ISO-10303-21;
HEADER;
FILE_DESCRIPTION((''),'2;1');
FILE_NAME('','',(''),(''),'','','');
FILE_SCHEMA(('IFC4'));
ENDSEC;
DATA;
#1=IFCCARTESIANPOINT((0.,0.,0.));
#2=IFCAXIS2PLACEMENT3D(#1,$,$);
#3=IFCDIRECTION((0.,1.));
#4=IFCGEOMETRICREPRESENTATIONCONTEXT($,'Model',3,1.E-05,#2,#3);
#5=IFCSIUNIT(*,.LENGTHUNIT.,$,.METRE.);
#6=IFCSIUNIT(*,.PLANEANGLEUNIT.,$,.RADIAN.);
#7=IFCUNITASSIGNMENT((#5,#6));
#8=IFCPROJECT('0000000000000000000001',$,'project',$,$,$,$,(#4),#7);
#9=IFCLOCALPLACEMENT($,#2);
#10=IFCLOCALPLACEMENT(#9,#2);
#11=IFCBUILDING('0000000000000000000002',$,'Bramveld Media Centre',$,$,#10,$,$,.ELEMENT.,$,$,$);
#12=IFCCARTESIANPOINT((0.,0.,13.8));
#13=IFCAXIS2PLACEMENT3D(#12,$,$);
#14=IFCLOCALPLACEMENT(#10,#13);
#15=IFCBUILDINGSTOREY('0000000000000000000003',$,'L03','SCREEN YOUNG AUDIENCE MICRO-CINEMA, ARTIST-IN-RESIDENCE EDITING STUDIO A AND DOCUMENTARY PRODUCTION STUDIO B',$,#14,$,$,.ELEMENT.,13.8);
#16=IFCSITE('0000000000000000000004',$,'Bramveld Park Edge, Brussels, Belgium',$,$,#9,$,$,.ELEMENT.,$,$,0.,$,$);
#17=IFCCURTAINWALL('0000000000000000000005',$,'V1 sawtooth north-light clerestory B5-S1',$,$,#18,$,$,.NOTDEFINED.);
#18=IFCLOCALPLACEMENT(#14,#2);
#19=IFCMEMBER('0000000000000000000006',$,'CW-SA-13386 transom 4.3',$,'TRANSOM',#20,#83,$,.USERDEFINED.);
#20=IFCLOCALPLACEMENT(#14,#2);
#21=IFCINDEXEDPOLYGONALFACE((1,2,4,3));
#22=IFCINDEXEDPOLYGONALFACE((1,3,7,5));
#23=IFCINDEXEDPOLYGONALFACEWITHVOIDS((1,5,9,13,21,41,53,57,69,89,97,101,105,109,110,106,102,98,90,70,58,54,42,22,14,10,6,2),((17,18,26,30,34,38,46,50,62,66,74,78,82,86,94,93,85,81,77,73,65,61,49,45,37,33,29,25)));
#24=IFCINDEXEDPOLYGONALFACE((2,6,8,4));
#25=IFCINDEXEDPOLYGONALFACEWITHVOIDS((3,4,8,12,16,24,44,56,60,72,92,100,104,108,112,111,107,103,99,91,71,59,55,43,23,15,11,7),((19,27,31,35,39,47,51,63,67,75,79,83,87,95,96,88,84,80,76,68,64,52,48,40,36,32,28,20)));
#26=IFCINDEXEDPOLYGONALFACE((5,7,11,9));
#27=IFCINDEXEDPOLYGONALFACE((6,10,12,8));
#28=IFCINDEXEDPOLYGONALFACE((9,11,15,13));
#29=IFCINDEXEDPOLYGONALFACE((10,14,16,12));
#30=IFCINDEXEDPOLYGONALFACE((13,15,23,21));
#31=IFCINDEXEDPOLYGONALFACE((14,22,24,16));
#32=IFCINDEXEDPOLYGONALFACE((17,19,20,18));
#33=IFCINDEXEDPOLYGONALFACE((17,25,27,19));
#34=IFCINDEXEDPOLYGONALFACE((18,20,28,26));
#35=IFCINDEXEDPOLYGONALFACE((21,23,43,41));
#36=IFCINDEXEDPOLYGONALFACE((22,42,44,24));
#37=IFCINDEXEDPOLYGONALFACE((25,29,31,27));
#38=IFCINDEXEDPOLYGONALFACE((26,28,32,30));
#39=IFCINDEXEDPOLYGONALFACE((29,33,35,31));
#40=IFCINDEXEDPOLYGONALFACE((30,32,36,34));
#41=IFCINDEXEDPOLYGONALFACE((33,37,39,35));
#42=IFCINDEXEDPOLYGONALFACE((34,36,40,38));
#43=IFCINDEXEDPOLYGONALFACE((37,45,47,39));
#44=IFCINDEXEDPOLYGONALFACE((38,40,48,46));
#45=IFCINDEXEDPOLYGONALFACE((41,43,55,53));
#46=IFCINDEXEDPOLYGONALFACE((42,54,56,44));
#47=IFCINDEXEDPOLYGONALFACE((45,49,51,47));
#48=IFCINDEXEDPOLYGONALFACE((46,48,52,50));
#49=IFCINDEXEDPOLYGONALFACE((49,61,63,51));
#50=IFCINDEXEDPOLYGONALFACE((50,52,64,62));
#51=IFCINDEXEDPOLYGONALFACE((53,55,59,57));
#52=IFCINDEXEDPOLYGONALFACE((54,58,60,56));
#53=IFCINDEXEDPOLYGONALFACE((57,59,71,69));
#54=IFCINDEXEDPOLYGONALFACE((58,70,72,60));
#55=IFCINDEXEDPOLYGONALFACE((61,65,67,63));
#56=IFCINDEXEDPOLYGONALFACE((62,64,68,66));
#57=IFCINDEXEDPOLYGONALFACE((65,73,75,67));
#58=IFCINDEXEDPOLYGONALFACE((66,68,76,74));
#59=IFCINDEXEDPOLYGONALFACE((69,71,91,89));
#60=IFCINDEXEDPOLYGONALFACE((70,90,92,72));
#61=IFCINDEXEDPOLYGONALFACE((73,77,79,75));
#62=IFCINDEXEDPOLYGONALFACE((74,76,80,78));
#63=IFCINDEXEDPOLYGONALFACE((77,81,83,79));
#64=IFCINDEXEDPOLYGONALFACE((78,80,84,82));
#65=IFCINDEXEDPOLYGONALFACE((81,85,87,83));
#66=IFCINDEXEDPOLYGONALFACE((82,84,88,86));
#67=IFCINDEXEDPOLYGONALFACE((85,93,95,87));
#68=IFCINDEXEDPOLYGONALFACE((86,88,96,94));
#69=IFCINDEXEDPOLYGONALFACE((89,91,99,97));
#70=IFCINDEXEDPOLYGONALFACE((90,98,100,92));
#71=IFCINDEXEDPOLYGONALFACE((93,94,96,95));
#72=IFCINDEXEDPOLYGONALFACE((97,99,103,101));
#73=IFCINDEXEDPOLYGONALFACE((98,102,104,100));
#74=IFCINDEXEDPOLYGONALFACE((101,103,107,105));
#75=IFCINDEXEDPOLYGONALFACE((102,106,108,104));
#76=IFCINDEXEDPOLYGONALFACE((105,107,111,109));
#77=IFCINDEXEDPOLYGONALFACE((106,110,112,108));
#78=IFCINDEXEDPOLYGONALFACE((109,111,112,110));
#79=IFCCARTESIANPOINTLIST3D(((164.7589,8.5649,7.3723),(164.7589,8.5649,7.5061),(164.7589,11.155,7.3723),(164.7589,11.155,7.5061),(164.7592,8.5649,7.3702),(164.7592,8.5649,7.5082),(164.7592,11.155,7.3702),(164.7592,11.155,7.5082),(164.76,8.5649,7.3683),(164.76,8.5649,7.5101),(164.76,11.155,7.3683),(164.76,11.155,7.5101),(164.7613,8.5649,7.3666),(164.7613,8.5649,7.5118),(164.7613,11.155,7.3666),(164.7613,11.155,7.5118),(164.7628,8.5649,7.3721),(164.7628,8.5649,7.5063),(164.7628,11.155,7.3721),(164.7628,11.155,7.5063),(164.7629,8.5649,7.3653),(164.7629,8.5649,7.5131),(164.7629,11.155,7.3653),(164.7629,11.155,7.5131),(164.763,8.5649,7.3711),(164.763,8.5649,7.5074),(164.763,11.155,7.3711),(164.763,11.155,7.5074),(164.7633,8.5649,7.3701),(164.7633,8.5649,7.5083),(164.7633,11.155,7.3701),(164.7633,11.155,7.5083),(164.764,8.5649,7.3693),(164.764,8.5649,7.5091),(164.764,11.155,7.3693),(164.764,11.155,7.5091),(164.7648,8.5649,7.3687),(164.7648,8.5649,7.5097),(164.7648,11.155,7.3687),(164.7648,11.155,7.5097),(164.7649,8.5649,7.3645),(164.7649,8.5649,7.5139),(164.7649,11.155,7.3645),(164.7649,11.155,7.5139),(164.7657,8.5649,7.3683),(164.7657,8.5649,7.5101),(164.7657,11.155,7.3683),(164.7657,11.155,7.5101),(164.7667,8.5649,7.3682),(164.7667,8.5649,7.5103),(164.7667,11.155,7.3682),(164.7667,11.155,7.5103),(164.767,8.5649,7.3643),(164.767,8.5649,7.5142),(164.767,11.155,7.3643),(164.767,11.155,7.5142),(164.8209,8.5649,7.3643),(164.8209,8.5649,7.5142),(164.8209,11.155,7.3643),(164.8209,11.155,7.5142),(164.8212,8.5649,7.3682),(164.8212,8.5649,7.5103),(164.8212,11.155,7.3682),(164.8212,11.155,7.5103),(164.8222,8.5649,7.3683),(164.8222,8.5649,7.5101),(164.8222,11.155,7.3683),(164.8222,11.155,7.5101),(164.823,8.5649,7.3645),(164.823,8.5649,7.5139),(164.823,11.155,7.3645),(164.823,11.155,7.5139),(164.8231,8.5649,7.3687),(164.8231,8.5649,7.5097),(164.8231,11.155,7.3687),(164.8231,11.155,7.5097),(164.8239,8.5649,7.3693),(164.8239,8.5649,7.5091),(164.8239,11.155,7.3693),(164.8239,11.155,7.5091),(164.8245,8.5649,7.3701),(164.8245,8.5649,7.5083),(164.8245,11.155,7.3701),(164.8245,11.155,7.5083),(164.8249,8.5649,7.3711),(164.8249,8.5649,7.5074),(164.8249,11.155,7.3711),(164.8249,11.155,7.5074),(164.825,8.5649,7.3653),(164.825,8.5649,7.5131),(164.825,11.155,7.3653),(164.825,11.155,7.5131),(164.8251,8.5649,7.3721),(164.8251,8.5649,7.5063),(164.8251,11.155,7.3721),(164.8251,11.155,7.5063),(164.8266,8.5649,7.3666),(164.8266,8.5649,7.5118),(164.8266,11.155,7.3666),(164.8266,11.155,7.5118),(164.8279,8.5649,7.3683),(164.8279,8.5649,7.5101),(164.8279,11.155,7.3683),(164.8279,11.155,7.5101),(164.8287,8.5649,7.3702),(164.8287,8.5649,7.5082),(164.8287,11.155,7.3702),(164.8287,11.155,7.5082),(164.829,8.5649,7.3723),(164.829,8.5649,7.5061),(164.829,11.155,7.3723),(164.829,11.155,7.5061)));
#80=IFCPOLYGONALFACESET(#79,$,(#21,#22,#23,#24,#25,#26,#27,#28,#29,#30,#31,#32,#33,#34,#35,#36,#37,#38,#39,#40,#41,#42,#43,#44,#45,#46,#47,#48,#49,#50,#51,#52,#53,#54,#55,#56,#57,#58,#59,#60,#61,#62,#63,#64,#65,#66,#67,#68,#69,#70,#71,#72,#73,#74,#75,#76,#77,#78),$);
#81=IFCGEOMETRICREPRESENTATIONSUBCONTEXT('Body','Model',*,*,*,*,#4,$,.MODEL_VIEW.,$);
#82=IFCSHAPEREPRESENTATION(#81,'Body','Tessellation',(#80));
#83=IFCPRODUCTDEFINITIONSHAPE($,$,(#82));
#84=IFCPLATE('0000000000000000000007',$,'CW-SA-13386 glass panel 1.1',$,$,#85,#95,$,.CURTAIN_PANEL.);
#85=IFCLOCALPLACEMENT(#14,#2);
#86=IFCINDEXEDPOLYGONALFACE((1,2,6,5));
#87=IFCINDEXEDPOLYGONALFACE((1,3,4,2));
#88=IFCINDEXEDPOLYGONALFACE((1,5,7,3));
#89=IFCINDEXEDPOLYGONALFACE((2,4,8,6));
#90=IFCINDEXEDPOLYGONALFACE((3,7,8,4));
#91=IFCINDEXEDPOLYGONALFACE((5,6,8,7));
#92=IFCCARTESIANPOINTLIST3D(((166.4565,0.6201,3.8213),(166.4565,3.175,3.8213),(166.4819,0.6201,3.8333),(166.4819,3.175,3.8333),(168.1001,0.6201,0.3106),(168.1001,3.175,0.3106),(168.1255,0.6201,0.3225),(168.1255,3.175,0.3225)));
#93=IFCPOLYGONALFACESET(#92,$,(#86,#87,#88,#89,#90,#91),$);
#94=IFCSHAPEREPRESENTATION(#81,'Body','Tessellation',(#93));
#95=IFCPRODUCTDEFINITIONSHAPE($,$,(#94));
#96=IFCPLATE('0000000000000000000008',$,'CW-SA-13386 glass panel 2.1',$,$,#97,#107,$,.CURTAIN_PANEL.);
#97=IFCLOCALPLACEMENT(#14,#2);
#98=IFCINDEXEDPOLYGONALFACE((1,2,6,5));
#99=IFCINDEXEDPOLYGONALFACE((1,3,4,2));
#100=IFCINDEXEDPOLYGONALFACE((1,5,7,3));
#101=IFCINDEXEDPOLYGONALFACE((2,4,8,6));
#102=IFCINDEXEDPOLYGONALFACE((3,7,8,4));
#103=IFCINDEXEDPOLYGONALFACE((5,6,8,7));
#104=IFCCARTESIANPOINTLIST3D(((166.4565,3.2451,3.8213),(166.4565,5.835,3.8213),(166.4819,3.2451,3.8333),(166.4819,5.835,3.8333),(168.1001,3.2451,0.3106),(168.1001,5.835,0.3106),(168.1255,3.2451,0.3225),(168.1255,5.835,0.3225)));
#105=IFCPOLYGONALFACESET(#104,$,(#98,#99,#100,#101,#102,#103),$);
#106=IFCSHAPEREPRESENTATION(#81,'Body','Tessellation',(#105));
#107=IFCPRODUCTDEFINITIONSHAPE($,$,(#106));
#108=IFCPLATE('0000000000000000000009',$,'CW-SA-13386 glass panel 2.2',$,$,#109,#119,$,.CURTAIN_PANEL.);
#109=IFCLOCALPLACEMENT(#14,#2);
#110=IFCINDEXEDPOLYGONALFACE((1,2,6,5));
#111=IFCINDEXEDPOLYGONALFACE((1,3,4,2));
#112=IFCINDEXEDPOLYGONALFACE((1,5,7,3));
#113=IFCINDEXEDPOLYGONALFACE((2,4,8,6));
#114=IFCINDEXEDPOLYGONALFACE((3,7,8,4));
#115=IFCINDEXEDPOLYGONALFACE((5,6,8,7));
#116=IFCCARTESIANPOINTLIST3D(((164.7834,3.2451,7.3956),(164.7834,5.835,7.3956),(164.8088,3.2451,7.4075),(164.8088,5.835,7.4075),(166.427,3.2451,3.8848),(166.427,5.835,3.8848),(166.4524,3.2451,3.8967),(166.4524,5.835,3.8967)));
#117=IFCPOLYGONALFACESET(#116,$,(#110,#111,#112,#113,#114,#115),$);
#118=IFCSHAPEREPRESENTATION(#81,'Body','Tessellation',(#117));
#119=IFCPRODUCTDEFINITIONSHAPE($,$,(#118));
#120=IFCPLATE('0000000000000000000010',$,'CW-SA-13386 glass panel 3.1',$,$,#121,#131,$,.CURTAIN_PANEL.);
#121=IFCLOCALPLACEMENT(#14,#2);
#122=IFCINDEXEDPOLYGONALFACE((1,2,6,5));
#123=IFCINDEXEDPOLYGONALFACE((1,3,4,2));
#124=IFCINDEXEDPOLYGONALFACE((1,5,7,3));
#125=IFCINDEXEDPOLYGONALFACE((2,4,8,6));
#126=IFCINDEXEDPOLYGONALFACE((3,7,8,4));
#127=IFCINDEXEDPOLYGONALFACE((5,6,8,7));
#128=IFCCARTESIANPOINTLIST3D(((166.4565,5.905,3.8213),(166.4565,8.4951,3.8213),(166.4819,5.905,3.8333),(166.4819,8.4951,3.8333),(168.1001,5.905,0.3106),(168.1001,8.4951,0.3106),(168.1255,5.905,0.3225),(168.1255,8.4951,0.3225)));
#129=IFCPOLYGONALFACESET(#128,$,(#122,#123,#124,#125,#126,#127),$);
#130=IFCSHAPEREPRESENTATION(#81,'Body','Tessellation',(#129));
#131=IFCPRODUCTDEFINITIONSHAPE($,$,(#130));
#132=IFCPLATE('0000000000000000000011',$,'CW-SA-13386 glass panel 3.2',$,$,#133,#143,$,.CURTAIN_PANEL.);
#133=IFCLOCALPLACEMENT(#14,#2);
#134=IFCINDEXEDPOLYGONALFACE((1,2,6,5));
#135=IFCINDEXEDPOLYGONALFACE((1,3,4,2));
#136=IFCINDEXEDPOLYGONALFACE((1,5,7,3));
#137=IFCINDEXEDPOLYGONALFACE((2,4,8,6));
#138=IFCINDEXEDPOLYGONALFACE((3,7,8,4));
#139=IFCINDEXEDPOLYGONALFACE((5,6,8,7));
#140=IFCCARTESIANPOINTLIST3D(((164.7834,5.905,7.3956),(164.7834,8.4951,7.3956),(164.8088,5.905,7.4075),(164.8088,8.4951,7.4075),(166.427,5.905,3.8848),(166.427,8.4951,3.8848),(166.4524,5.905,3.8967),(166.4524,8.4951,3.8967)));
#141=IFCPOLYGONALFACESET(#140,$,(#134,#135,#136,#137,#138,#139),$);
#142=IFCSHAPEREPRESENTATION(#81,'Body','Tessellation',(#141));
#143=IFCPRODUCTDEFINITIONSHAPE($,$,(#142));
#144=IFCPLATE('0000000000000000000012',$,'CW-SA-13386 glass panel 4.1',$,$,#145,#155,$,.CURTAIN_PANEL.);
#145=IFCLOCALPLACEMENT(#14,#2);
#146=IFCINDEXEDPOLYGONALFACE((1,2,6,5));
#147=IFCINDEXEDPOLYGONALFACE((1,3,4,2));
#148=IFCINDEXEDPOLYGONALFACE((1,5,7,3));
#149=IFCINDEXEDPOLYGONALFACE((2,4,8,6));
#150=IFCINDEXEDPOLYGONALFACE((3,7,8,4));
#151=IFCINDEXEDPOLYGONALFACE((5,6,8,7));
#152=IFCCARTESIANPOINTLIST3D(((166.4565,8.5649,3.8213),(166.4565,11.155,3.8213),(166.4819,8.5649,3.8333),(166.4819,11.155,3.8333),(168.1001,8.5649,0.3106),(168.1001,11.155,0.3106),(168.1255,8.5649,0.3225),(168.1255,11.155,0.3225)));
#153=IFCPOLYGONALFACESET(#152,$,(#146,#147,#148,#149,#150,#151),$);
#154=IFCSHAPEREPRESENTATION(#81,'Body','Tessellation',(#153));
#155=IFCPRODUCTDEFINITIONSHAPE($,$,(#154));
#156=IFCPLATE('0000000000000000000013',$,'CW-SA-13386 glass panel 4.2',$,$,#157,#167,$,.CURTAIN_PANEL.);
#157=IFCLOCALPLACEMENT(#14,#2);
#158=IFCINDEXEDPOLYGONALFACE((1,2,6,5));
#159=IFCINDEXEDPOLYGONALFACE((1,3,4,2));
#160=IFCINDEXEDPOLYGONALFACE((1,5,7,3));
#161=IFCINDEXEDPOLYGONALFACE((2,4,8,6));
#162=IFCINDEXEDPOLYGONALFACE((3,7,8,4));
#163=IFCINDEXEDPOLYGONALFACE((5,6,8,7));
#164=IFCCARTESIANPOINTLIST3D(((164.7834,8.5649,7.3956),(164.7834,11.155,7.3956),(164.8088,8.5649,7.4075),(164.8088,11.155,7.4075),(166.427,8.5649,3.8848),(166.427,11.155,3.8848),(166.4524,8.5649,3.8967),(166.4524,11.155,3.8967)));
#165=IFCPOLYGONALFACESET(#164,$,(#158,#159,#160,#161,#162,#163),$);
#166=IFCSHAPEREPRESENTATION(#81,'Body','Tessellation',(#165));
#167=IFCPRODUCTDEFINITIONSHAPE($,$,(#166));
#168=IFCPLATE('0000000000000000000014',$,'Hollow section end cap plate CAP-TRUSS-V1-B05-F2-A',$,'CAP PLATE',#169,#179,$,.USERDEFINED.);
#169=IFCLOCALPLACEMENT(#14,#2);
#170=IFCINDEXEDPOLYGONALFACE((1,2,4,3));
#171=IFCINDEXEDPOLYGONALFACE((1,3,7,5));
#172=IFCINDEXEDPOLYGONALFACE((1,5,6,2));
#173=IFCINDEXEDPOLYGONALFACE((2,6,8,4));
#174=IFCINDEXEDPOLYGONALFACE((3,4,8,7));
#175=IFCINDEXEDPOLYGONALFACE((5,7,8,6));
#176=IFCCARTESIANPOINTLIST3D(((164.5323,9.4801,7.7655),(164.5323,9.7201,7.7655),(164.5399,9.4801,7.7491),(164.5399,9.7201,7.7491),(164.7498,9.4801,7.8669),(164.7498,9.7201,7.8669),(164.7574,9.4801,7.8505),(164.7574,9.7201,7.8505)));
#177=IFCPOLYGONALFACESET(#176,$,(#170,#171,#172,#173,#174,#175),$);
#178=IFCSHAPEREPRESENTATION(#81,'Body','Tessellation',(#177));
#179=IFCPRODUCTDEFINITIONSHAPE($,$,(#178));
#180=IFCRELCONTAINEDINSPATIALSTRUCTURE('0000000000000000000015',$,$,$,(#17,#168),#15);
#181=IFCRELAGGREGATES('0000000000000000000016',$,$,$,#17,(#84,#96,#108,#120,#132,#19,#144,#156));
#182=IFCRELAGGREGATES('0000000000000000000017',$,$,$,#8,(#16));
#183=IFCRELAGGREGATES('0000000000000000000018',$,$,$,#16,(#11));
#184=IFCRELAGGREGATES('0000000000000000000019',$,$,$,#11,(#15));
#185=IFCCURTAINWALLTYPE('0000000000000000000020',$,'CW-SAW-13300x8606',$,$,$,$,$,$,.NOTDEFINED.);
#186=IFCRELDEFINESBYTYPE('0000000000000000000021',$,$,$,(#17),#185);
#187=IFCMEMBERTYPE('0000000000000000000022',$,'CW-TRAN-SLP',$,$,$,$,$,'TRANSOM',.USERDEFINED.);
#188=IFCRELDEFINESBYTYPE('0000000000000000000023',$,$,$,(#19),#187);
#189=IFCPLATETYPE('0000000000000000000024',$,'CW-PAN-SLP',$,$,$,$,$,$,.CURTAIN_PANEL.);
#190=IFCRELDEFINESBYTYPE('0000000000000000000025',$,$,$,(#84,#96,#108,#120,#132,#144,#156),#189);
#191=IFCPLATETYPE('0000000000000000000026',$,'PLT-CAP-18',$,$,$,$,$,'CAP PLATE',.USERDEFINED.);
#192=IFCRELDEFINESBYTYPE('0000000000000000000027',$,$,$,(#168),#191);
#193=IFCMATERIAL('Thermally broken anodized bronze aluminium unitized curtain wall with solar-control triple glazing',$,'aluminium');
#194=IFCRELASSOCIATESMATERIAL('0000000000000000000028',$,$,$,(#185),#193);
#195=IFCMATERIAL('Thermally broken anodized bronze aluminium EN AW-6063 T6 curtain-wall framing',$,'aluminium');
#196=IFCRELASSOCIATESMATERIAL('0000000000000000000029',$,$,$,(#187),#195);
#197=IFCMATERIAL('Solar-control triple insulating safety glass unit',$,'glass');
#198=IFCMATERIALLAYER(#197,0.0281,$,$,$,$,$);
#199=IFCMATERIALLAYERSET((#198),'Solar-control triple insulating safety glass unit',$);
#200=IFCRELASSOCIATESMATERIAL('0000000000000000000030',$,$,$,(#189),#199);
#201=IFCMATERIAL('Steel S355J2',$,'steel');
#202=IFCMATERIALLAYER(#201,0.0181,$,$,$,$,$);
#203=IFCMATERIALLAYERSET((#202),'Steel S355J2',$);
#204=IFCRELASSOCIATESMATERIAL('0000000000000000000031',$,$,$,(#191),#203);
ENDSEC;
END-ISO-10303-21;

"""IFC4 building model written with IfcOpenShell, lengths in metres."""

from ifc_helpers import new_model, si_unit, direction, frame, origin, origin_2d, place, context, subcontext, project, spatial, polyline, rectangle, hollow_rectangle, outline, extrude, material, layer, layer_set, material_profile, profile_set, type_object, element, aggregate, save


model = new_model("IFC4")

# Units and contexts
model_context = context("Model", 3, precision=1e-05, world=origin(), true_north=direction((0.0, 1.0)))
body_context = subcontext(model_context, "Body", "Model", "MODEL_VIEW")
ifc_project = project(units=[si_unit("LENGTHUNIT", "METRE"), si_unit("PLANEANGLEUNIT", "RADIAN")], contexts=[model_context])

# Site, building, storey
site_placement = place(None, origin())
site = spatial("IfcSite", under=ifc_project, at=site_placement, Name="Bramveld Park Edge, Brussels, Belgium", CompositionType="ELEMENT", RefElevation=0.0)
building_placement = place(site_placement, origin())
building = spatial("IfcBuilding", under=site, at=building_placement, Name="Bramveld Media Centre", CompositionType="ELEMENT")
storey_placement = place(building_placement, frame((0.0, 0.0, 13.8)))
storey = spatial("IfcBuildingStorey", under=building, at=storey_placement, Name="L03", Description="SCREEN YOUNG AUDIENCE MICRO-CINEMA, ARTIST-IN-RESIDENCE EDITING STUDIO A AND DOCUMENTARY PRODUCTION STUDIO B", CompositionType="ELEMENT", Elevation=13.8)

# Curtain wall, member, plates
ifc_material_1 = material(Name="Thermally broken anodized bronze aluminium unitized curtain wall with solar-control triple glazing", Category="aluminium")
curtain_wall_type = type_object("IfcCurtainWallType", Name="CW-SAW-13300x8606", PredefinedType="NOTDEFINED", material=ifc_material_1)
curtain_wall_placement = place(storey_placement, origin())
curtain_wall = element("IfcCurtainWall", 1, at=curtain_wall_placement, inside=storey, type_object=curtain_wall_type, Name="V1 sawtooth north-light clerestory B5-S1", PredefinedType="NOTDEFINED")
ifc_material_2 = material(Name="Thermally broken anodized bronze aluminium EN AW-6063 T6 curtain-wall framing", Category="aluminium")
ifc_material_profile_1 = material_profile(ifc_material_2, hollow_rectangle(XDim=0.0701, YDim=0.1499, WallThickness=0.0039, InnerFilletRadius=0.0039, OuterFilletRadius=0.0081, at=origin_2d()), Name="AL-TRAN 70x150")
ifc_profile_set_1 = profile_set([ifc_material_profile_1], Name="Thermally broken anodized bronze aluminium EN AW-6063 T6 curtain-wall framing")
member_type_1 = type_object("IfcMemberType", Name="CW-TRAN-SLP", ElementType="TRANSOM", PredefinedType="USERDEFINED", material=ifc_profile_set_1)
member_1_placement = place(storey_placement, frame((164.7939, 8.5649, 7.4392), z_axis=(0.0, 1.0, 0.0), x_axis=(-1.0, 0.0, 0.0)))
member_1 = element("IfcMember", 2, at=member_1_placement, type_object=member_type_1, Name="CW-SA-13386 transom 4.3", ObjectType="TRANSOM", PredefinedType="USERDEFINED", context=body_context, shape_type="SweptSolid", body=[
    extrude(hollow_rectangle(XDim=0.0701, YDim=0.1499, WallThickness=0.0039, InnerFilletRadius=0.0039, OuterFilletRadius=0.0081, at=origin_2d()), origin(), (0.0, 0.0, 1.0), 2.5901),
])
ifc_material_3 = material(Name="Solar-control triple insulating safety glass unit", Category="glass")
ifc_layer_1 = layer(ifc_material_3, 0.0281)
ifc_layer_set_1 = layer_set([ifc_layer_1], Name="Solar-control triple insulating safety glass unit")
plate_type_1 = type_object("IfcPlateType", Name="CW-PAN-SLP", PredefinedType="CURTAIN_PANEL", material=ifc_layer_set_1)
plate_1_placement = place(storey_placement, frame((168.1255, 0.6201, 0.3225), z_axis=(0.905668, 0.0, 0.423988), x_axis=(0.0, 1.0, 0.0)))
plate_1 = element("IfcPlate", 3, at=plate_1_placement, type_object=plate_type_1, Name="CW-SA-13386 glass panel 1.1", PredefinedType="CURTAIN_PANEL", context=body_context, shape_type="SweptSolid", body=[
    extrude(outline(polyline([(0.0, 0.0), (2.5549, 0.0), (2.5549, 3.8764), (0.0, 3.8764), (0.0, 0.0)])), origin(), (0.0, 0.0, -1.0), 0.0281),
])
plate_2_placement = place(storey_placement, frame((168.1255, 3.2451, 0.3225), z_axis=(0.905668, 0.0, 0.423988), x_axis=(0.0, 1.0, 0.0)))
plate_2 = element("IfcPlate", 4, at=plate_2_placement, type_object=plate_type_1, Name="CW-SA-13386 glass panel 2.1", PredefinedType="CURTAIN_PANEL", context=body_context, shape_type="SweptSolid", body=[
    extrude(outline(polyline([(0.0, 0.0), (2.5898, 0.0), (2.5898, 3.8764), (0.0, 3.8764), (0.0, 0.0)])), origin(), (0.0, 0.0, -1.0), 0.0281),
])
plate_3_placement = place(storey_placement, frame((166.4524, 3.2451, 3.8967), z_axis=(0.905668, 0.0, 0.423988), x_axis=(0.0, 1.0, 0.0)))
plate_3 = element("IfcPlate", 5, at=plate_3_placement, type_object=plate_type_1, Name="CW-SA-13386 glass panel 2.2", PredefinedType="CURTAIN_PANEL", context=body_context, shape_type="SweptSolid", body=[
    extrude(outline(polyline([(0.0, 0.0), (2.5898, 0.0), (2.5898, 3.8764), (0.0, 3.8764), (0.0, 0.0)])), origin(), (0.0, 0.0, -1.0), 0.0281),
])
plate_4_placement = place(storey_placement, frame((168.1255, 5.905, 0.3225), z_axis=(0.905668, 0.0, 0.423988), x_axis=(0.0, 1.0, 0.0)))
plate_4 = element("IfcPlate", 6, at=plate_4_placement, type_object=plate_type_1, Name="CW-SA-13386 glass panel 3.1", PredefinedType="CURTAIN_PANEL", context=body_context, shape_type="SweptSolid", body=[
    extrude(outline(polyline([(0.0, 0.0), (2.5901, 0.0), (2.5901, 3.8764), (0.0, 3.8764), (0.0, 0.0)])), origin(), (0.0, 0.0, -1.0), 0.0281),
])
plate_5_placement = place(storey_placement, frame((166.4524, 5.905, 3.8967), z_axis=(0.905668, 0.0, 0.423988), x_axis=(0.0, 1.0, 0.0)))
plate_5 = element("IfcPlate", 7, at=plate_5_placement, type_object=plate_type_1, Name="CW-SA-13386 glass panel 3.2", PredefinedType="CURTAIN_PANEL", context=body_context, shape_type="SweptSolid", body=[
    extrude(outline(polyline([(0.0, 0.0), (2.5901, 0.0), (2.5901, 3.8764), (0.0, 3.8764), (0.0, 0.0)])), origin(), (0.0, 0.0, -1.0), 0.0281),
])
plate_6_placement = place(storey_placement, frame((168.1255, 8.5649, 0.3225), z_axis=(0.905668, 0.0, 0.423988), x_axis=(0.0, 1.0, 0.0)))
plate_6 = element("IfcPlate", 8, at=plate_6_placement, type_object=plate_type_1, Name="CW-SA-13386 glass panel 4.1", PredefinedType="CURTAIN_PANEL", context=body_context, shape_type="SweptSolid", body=[
    extrude(outline(polyline([(0.0, 0.0), (2.5901, 0.0), (2.5901, 3.8764), (0.0, 3.8764), (0.0, 0.0)])), origin(), (0.0, 0.0, -1.0), 0.0281),
])
plate_7_placement = place(storey_placement, frame((166.4524, 8.5649, 3.8967), z_axis=(0.905668, 0.0, 0.423988), x_axis=(0.0, 1.0, 0.0)))
plate_7 = element("IfcPlate", 9, at=plate_7_placement, type_object=plate_type_1, Name="CW-SA-13386 glass panel 4.2", PredefinedType="CURTAIN_PANEL", context=body_context, shape_type="SweptSolid", body=[
    extrude(outline(polyline([(0.0, 0.0), (2.5901, 0.0), (2.5901, 3.8764), (0.0, 3.8764), (0.0, 0.0)])), origin(), (0.0, 0.0, -1.0), 0.0281),
])
aggregate(curtain_wall, [plate_1, plate_2, plate_3, plate_4, plate_5, member_1, plate_6, plate_7])

# Plate
ifc_material_4 = material(Name="Steel S355J2", Category="steel")
ifc_layer_2 = layer(ifc_material_4, 0.0181)
ifc_layer_set_2 = layer_set([ifc_layer_2], Name="Steel S355J2")
plate_type_2 = type_object("IfcPlateType", Name="PLT-CAP-18", ElementType="CAP PLATE", PredefinedType="USERDEFINED", material=ifc_layer_set_2)
plate_8_placement = place(storey_placement, frame((164.6487, 9.6001, 7.7998), z_axis=(-0.422618, 0.0, 0.906308), x_axis=(0.0, -1.0, 0.0)))
element("IfcPlate", 10, at=plate_8_placement, inside=storey, type_object=plate_type_2, Name="Hollow section end cap plate CAP-TRUSS-V1-B05-F2-A", ObjectType="CAP PLATE", PredefinedType="USERDEFINED", context=body_context, shape_type="SweptSolid", body=[
    extrude(rectangle(XDim=0.24, YDim=0.24, at=origin_2d()), origin(), (0.0, 0.0, 1.0), 0.0181),
])

save(model, "model.ifc")
